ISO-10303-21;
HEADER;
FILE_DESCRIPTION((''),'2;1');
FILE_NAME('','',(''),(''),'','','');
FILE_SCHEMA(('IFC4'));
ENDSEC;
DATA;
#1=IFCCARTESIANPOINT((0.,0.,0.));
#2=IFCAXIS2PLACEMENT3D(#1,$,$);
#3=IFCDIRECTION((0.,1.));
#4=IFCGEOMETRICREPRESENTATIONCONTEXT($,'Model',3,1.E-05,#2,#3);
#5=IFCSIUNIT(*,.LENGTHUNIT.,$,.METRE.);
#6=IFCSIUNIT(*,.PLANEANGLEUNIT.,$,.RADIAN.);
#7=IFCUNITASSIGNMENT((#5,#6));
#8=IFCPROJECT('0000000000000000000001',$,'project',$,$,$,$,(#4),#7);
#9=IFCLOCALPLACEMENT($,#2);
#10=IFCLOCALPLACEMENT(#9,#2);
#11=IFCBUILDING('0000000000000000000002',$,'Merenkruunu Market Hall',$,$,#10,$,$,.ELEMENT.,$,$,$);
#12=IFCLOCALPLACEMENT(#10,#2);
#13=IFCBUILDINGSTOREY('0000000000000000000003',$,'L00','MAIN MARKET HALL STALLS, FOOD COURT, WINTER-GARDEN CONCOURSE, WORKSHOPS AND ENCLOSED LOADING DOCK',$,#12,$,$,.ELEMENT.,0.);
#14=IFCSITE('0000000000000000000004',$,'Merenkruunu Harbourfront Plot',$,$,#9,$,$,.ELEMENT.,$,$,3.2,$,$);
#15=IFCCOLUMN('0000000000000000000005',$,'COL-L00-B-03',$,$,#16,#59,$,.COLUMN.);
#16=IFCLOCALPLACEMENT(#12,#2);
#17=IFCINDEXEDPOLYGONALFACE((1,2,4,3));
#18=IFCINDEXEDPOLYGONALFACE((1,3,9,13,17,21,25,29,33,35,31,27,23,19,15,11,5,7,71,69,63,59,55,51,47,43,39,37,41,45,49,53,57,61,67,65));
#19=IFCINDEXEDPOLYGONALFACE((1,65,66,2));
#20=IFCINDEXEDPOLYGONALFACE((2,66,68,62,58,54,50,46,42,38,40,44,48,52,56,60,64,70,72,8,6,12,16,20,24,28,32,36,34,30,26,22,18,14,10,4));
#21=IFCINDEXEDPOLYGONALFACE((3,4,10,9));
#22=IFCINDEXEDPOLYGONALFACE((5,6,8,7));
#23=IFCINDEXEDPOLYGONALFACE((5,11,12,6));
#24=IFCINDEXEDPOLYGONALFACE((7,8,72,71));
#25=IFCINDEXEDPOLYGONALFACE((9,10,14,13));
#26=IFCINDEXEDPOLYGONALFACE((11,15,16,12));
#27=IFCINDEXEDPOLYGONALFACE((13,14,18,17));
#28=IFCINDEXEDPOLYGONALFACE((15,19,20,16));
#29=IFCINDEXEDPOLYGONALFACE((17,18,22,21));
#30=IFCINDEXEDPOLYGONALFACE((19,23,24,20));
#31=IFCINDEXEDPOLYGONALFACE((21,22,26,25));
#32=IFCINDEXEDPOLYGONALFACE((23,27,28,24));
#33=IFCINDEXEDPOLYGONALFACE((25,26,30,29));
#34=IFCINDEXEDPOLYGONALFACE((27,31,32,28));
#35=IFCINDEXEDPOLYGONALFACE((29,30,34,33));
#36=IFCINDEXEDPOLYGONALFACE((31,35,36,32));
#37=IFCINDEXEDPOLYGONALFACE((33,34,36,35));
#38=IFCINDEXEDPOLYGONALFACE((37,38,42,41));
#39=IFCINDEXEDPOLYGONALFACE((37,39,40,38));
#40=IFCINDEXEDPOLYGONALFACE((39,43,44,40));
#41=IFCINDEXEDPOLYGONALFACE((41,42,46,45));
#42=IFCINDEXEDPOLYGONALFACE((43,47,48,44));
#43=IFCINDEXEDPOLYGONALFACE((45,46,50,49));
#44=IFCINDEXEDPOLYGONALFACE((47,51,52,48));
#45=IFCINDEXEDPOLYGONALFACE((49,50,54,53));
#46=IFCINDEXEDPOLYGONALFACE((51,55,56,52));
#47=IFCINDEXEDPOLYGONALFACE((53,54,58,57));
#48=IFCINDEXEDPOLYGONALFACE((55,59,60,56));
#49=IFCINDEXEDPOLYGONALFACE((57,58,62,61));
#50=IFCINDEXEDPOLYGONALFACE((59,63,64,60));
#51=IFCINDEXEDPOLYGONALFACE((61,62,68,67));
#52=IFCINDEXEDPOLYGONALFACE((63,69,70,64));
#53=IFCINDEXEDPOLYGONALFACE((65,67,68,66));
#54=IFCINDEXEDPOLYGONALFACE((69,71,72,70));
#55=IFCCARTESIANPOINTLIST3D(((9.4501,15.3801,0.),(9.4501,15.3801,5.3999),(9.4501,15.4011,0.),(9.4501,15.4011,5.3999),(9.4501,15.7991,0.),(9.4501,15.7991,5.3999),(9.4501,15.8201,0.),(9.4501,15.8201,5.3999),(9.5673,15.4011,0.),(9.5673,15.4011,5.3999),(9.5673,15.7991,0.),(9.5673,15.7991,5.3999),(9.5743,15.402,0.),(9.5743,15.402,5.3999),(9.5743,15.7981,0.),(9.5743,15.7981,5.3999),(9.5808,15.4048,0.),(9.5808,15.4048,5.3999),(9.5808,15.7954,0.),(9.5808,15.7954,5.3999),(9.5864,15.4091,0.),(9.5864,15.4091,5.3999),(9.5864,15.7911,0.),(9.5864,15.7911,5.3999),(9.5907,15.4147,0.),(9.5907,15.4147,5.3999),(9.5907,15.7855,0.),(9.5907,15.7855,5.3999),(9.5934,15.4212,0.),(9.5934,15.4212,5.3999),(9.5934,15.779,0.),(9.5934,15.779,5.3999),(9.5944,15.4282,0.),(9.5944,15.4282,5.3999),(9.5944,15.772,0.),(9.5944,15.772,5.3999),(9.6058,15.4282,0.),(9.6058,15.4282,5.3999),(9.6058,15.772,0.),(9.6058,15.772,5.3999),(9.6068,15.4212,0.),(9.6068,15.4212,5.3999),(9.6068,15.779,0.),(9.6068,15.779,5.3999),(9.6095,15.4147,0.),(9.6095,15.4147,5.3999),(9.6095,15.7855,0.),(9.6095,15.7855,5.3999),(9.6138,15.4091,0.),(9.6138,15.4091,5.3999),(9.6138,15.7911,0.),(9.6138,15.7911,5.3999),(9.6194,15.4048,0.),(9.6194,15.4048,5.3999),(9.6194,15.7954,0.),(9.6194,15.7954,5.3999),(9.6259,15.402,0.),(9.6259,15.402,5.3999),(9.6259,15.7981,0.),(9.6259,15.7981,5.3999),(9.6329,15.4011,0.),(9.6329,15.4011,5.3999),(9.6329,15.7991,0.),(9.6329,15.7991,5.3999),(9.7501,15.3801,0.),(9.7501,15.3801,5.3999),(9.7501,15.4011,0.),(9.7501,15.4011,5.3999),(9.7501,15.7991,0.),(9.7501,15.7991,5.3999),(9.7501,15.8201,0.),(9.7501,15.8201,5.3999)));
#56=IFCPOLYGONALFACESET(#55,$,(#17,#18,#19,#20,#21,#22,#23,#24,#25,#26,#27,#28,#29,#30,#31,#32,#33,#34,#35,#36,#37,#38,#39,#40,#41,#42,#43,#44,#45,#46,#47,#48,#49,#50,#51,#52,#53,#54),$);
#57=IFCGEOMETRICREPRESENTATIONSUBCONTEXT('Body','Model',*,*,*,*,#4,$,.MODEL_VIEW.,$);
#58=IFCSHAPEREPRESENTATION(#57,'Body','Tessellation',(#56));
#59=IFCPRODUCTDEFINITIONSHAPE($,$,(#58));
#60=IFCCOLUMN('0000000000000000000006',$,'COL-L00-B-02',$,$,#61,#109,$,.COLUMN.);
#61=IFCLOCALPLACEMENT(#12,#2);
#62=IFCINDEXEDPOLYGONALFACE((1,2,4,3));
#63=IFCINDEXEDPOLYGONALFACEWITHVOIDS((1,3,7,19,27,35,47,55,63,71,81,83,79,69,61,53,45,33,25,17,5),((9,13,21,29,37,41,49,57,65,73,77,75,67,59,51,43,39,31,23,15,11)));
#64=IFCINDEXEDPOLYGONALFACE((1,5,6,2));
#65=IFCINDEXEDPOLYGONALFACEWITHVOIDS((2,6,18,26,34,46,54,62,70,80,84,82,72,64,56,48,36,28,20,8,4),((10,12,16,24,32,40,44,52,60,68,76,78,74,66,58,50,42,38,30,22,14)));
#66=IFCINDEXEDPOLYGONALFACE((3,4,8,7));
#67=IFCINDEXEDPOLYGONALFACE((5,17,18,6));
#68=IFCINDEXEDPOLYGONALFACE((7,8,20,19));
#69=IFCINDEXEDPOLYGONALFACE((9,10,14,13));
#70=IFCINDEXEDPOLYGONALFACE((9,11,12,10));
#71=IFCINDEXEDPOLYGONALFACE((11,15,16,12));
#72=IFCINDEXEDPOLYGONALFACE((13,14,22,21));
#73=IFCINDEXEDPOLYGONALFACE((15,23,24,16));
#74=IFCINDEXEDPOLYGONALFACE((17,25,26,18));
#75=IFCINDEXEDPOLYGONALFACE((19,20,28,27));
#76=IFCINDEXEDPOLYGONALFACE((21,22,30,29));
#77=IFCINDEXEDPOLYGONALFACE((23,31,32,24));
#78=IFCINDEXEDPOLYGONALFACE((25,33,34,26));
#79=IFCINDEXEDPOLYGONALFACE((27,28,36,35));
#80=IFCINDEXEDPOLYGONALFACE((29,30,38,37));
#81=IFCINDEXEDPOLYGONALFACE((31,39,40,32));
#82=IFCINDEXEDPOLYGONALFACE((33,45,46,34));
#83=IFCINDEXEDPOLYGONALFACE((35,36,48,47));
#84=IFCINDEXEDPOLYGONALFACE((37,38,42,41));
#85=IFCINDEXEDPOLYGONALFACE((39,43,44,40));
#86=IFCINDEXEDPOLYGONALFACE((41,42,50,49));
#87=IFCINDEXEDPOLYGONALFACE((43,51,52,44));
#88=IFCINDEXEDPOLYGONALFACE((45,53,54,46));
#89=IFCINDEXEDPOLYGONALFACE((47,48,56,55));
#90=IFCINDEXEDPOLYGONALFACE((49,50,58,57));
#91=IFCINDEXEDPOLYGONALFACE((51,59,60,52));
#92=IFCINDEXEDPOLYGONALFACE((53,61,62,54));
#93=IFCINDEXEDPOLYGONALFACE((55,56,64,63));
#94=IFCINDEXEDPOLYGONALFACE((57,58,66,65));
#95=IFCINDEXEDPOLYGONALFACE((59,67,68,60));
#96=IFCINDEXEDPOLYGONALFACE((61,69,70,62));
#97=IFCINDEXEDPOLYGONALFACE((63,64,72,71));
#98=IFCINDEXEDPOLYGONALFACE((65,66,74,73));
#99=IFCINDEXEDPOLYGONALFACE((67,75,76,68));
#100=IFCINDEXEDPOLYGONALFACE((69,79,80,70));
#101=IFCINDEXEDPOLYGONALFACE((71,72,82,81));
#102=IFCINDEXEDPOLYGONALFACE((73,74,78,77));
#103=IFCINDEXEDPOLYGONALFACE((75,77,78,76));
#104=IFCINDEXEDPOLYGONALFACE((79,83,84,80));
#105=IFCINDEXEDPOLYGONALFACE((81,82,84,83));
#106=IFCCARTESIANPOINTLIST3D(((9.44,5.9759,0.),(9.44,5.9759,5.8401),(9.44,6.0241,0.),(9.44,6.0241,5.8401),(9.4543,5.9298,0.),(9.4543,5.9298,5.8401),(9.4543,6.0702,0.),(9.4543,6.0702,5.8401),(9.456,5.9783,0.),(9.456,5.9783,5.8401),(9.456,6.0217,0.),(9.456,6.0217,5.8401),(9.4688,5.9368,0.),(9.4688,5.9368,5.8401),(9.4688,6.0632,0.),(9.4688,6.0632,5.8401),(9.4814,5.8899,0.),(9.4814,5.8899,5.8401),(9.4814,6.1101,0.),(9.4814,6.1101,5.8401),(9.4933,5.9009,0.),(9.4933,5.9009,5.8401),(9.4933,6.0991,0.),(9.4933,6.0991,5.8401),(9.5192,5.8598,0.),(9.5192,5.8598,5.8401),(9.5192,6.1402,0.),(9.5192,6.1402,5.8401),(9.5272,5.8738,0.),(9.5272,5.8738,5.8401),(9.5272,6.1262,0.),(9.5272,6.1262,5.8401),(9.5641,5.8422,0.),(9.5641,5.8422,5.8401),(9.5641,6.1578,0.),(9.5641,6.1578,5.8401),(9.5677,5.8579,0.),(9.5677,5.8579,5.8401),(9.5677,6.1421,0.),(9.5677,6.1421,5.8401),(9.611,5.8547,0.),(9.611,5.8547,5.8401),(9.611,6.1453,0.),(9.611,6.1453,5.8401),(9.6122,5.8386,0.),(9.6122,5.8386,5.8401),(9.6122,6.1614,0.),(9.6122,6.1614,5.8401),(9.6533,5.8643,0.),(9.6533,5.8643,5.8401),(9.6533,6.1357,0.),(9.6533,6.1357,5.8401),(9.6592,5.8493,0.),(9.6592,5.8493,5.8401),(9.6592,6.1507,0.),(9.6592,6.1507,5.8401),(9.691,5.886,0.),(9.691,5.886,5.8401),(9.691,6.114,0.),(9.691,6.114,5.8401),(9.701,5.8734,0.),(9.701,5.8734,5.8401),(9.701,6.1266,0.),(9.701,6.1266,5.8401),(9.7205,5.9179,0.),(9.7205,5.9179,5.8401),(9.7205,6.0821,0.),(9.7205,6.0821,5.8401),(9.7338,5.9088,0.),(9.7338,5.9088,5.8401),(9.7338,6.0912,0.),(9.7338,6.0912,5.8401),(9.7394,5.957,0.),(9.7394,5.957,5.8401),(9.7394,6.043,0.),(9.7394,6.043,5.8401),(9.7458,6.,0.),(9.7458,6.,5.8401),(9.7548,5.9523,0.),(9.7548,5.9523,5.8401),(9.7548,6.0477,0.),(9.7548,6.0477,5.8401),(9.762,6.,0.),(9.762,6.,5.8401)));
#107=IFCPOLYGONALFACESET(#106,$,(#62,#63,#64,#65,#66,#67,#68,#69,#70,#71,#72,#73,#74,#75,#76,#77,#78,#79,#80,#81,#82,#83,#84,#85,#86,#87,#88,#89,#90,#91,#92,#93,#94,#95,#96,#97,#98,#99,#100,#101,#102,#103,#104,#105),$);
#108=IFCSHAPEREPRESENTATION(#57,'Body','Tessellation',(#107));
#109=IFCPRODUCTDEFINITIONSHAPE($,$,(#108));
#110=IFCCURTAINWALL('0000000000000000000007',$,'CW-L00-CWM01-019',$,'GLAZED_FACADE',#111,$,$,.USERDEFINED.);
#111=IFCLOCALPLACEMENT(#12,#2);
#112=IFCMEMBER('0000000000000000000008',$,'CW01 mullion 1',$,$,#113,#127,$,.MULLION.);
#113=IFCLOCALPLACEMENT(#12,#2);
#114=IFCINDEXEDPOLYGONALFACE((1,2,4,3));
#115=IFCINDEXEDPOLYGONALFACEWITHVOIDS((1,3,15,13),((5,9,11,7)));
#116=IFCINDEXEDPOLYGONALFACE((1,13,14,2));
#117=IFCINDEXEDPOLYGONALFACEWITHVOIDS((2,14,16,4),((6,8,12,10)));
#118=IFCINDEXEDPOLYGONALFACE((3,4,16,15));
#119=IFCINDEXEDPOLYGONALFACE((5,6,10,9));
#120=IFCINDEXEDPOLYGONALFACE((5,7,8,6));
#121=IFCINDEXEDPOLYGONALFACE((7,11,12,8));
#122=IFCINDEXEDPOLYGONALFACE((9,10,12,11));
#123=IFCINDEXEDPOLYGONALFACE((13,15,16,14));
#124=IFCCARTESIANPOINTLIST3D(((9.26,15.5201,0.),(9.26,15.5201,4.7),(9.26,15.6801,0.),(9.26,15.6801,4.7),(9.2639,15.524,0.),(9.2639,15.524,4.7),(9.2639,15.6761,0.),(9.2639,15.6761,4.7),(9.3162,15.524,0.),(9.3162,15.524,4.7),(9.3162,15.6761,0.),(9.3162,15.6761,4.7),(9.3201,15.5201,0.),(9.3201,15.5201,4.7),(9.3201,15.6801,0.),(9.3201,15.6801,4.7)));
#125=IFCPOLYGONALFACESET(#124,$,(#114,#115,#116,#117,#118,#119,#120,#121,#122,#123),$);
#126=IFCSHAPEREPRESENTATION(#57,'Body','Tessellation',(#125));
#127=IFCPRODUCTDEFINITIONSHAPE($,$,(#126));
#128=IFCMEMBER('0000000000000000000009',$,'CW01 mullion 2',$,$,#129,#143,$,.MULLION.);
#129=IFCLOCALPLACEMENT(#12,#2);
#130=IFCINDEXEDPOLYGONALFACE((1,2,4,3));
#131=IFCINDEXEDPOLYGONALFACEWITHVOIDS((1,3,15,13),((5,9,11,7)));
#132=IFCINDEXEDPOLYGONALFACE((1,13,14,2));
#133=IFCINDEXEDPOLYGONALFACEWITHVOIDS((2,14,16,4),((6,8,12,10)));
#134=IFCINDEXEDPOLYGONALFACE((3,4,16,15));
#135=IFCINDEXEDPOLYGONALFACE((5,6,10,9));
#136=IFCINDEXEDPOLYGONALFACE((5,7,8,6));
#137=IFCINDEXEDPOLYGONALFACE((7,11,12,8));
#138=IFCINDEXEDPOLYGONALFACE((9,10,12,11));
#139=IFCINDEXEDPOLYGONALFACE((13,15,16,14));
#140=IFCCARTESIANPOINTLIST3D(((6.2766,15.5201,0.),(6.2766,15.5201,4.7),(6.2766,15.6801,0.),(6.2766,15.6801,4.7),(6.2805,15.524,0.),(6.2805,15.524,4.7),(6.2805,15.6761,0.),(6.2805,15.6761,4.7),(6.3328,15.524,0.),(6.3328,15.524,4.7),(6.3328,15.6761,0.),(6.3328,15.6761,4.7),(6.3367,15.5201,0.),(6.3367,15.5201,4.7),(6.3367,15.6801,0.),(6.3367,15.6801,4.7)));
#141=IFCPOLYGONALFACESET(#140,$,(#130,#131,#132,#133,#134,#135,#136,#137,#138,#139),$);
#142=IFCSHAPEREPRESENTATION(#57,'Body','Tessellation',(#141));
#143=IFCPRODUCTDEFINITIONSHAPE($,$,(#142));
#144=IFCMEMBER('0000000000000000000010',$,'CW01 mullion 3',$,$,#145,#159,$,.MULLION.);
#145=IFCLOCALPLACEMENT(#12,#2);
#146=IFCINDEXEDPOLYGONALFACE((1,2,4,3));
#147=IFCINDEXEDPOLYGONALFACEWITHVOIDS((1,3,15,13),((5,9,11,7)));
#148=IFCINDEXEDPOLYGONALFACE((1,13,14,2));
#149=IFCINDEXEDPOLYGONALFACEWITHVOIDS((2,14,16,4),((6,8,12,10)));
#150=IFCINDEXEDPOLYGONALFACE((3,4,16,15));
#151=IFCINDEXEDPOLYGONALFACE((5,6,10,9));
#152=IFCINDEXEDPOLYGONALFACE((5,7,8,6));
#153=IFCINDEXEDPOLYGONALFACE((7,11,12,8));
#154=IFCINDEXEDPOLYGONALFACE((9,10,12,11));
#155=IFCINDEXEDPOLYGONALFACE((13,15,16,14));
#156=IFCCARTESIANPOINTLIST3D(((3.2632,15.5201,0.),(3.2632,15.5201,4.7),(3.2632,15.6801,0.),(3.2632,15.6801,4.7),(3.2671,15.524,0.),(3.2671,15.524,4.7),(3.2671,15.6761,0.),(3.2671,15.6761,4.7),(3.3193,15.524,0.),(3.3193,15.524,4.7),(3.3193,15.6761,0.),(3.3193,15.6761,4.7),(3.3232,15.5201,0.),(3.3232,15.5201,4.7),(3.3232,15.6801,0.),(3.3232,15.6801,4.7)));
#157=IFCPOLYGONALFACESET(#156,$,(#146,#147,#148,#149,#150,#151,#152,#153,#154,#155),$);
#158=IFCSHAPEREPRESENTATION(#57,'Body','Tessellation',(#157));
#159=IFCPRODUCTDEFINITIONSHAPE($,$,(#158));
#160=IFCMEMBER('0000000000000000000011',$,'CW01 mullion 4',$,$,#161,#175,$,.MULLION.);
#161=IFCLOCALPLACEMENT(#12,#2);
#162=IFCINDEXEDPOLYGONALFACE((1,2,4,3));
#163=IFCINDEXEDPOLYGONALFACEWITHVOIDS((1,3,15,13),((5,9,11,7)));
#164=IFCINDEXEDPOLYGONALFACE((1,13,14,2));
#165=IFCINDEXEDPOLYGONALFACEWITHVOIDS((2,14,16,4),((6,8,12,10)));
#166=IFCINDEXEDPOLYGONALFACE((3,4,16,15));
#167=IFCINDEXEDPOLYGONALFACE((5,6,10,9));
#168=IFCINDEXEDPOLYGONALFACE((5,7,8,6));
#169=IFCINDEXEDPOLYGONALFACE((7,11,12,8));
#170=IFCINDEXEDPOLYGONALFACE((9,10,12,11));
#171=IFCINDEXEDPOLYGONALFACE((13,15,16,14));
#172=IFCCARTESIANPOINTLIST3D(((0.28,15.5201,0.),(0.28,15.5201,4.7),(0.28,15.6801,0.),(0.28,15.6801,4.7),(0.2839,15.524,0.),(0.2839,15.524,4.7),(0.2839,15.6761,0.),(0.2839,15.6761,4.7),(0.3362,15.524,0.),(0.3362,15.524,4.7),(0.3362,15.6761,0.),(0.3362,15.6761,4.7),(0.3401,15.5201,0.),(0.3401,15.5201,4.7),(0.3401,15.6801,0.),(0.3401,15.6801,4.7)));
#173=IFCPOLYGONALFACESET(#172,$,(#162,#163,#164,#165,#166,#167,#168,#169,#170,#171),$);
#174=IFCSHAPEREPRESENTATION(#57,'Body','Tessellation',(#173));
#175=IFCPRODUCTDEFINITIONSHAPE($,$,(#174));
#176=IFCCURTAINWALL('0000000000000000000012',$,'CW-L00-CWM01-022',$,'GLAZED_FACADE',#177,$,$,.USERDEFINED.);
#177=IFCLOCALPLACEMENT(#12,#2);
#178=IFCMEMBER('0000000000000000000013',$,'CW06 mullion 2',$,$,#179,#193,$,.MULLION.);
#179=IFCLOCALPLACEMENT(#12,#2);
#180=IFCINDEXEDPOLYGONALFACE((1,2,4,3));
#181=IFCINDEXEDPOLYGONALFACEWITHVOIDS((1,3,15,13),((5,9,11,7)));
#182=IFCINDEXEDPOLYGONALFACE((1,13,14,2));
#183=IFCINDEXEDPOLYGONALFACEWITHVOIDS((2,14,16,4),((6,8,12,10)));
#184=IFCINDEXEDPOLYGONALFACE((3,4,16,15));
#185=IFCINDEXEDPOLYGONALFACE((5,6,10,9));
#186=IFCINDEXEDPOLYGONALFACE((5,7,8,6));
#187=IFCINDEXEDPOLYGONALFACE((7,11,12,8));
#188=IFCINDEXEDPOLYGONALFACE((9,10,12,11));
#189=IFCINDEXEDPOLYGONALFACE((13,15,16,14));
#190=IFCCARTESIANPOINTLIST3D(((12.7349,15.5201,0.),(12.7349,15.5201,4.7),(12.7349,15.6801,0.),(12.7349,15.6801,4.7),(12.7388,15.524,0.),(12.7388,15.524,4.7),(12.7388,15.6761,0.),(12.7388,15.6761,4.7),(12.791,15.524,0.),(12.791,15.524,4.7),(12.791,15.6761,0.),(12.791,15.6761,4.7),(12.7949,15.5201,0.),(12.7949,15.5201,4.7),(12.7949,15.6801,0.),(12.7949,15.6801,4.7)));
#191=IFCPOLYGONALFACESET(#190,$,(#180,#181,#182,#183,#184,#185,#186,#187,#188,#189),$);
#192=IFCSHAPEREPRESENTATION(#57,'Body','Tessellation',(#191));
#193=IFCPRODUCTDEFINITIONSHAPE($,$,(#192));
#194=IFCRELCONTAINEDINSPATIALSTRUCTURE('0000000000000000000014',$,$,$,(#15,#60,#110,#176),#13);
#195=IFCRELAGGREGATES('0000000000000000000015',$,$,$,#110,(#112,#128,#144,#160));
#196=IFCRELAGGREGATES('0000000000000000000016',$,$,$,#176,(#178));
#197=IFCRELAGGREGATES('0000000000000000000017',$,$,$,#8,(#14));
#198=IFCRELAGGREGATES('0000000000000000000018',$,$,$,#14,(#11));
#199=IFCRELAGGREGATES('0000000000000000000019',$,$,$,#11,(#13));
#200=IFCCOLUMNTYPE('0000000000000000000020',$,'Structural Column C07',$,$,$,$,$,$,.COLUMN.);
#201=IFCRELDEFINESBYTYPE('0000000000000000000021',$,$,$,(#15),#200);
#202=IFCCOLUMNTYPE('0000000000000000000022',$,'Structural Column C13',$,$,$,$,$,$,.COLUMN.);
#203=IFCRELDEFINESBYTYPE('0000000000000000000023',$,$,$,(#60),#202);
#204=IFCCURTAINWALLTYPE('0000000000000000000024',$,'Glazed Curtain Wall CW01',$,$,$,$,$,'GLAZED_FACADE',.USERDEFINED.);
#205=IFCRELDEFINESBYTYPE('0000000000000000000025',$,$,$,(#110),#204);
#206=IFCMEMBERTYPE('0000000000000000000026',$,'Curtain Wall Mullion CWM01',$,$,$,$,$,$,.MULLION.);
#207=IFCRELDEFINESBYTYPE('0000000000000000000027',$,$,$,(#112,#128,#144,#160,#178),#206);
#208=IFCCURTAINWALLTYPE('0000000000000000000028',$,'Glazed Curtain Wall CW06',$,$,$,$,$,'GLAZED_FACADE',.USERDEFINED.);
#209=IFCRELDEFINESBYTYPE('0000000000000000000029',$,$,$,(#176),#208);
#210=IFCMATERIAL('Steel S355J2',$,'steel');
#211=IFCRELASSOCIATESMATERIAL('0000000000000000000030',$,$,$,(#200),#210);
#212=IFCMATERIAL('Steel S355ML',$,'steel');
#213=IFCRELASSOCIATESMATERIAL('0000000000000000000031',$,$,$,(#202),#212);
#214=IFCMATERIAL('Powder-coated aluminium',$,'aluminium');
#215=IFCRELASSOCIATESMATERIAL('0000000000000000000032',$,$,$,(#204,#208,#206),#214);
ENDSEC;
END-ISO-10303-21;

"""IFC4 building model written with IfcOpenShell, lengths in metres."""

from ifc_helpers import new_model, si_unit, direction, frame, origin, origin_2d, place, context, subcontext, project, spatial, hollow_rectangle, hollow_circle, i_section, extrude, material, material_profile, profile_set, type_object, element, aggregate, save


model = new_model("IFC4")

# Units and contexts
model_context = context("Model", 3, precision=1e-05, world=origin(), true_north=direction((0.0, 1.0)))
body_context = subcontext(model_context, "Body", "Model", "MODEL_VIEW")
ifc_project = project(units=[si_unit("LENGTHUNIT", "METRE"), si_unit("PLANEANGLEUNIT", "RADIAN")], contexts=[model_context])

# Site, building, storey
site_placement = place(None, origin())
site = spatial("IfcSite", under=ifc_project, at=site_placement, Name="Merenkruunu Harbourfront Plot", CompositionType="ELEMENT", RefElevation=3.2)
building_placement = place(site_placement, origin())
building = spatial("IfcBuilding", under=site, at=building_placement, Name="Merenkruunu Market Hall", CompositionType="ELEMENT")
storey_placement = place(building_placement, origin())
storey = spatial("IfcBuildingStorey", under=building, at=storey_placement, Name="L00", Description="MAIN MARKET HALL STALLS, FOOD COURT, WINTER-GARDEN CONCOURSE, WORKSHOPS AND ENCLOSED LOADING DOCK", CompositionType="ELEMENT", Elevation=0.0)

# Columns
ifc_material_1 = material(Name="Steel S355J2", Category="steel")
ifc_material_profile_1 = material_profile(ifc_material_1, i_section(OverallWidth=0.3, OverallDepth=0.4399, WebThickness=0.0115, FlangeThickness=0.021, FilletRadius=0.0271, at=origin_2d()), Name="HEA 450")
ifc_profile_set_1 = profile_set([ifc_material_profile_1], Name="Steel S355J2")
column_type_1 = type_object("IfcColumnType", Name="Structural Column C07", PredefinedType="COLUMN", material=ifc_profile_set_1)
column_1_placement = place(storey_placement, frame((9.6001, 15.6001, 0.0), z_axis=(0.0, 0.0, 1.0), x_axis=(1.0, 0.0, 0.0)))
element("IfcColumn", 1, at=column_1_placement, inside=storey, type_object=column_type_1, Name="COL-L00-B-03", PredefinedType="COLUMN", context=body_context, shape_type="SweptSolid", body=[
    extrude(i_section(OverallWidth=0.3, OverallDepth=0.4399, WebThickness=0.0115, FlangeThickness=0.021, FilletRadius=0.0271, at=origin_2d()), origin(), (0.0, 0.0, 1.0), 5.3999),
])
ifc_material_2 = material(Name="Steel S355ML", Category="steel")
ifc_material_profile_2 = material_profile(ifc_material_2, hollow_circle(Radius=0.1619, WallThickness=0.0161, at=origin_2d()), Name="CHS 323.9x16")
ifc_profile_set_2 = profile_set([ifc_material_profile_2], Name="Steel S355ML")
column_type_2 = type_object("IfcColumnType", Name="Structural Column C13", PredefinedType="COLUMN", material=ifc_profile_set_2)
column_2_placement = place(storey_placement, frame((9.6001, 6.0, 0.0), z_axis=(0.0, 0.0, 1.0), x_axis=(1.0, 0.0, 0.0)))
element("IfcColumn", 2, at=column_2_placement, inside=storey, type_object=column_type_2, Name="COL-L00-B-02", PredefinedType="COLUMN", context=body_context, shape_type="SweptSolid", body=[
    extrude(hollow_circle(Radius=0.1619, WallThickness=0.0161, at=origin_2d()), origin(), (0.0, 0.0, 1.0), 5.8401),
])

# Curtain walls, members
ifc_material_3 = material(Name="Powder-coated aluminium", Category="aluminium")
curtain_wall_type_1 = type_object("IfcCurtainWallType", Name="Glazed Curtain Wall CW01", ElementType="GLAZED_FACADE", PredefinedType="USERDEFINED", material=ifc_material_3)
curtain_wall_1_placement = place(storey_placement, origin())
curtain_wall_1 = element("IfcCurtainWall", 3, at=curtain_wall_1_placement, inside=storey, type_object=curtain_wall_type_1, Name="CW-L00-CWM01-019", ObjectType="GLAZED_FACADE", PredefinedType="USERDEFINED")
ifc_material_profile_3 = material_profile(ifc_material_3, hollow_rectangle(XDim=0.0601, YDim=0.1599, WallThickness=0.0039, at=origin_2d()), Name="ALU 60x160x4")
ifc_profile_set_3 = profile_set([ifc_material_profile_3], Name="Powder-coated aluminium")
member_type_1 = type_object("IfcMemberType", Name="Curtain Wall Mullion CWM01", PredefinedType="MULLION", material=ifc_profile_set_3)
member_1_placement = place(storey_placement, frame((9.29, 15.6001, 0.0), z_axis=(0.0, 0.0, 1.0), x_axis=(-1.0, 0.0, 0.0)))
member_1 = element("IfcMember", 4, at=member_1_placement, type_object=member_type_1, Name="CW01 mullion 1", PredefinedType="MULLION", context=body_context, shape_type="SweptSolid", body=[
    extrude(hollow_rectangle(XDim=0.0601, YDim=0.1599, WallThickness=0.0039, at=origin_2d()), origin(), (0.0, 0.0, 1.0), 4.7),
])
member_2_placement = place(storey_placement, frame((6.3066, 15.6001, 0.0), z_axis=(0.0, 0.0, 1.0), x_axis=(-1.0, 0.0, 0.0)))
member_2 = element("IfcMember", 5, at=member_2_placement, type_object=member_type_1, Name="CW01 mullion 2", PredefinedType="MULLION", context=body_context, shape_type="SweptSolid", body=[
    extrude(hollow_rectangle(XDim=0.0601, YDim=0.1599, WallThickness=0.0039, at=origin_2d()), origin(), (0.0, 0.0, 1.0), 4.7),
])
member_3_placement = place(storey_placement, frame((3.2932, 15.6001, 0.0), z_axis=(0.0, 0.0, 1.0), x_axis=(-1.0, 0.0, 0.0)))
member_3 = element("IfcMember", 6, at=member_3_placement, type_object=member_type_1, Name="CW01 mullion 3", PredefinedType="MULLION", context=body_context, shape_type="SweptSolid", body=[
    extrude(hollow_rectangle(XDim=0.0601, YDim=0.1599, WallThickness=0.0039, at=origin_2d()), origin(), (0.0, 0.0, 1.0), 4.7),
])
member_4_placement = place(storey_placement, frame((0.3101, 15.6001, 0.0), z_axis=(0.0, 0.0, 1.0), x_axis=(-1.0, 0.0, 0.0)))
member_4 = element("IfcMember", 7, at=member_4_placement, type_object=member_type_1, Name="CW01 mullion 4", PredefinedType="MULLION", context=body_context, shape_type="SweptSolid", body=[
    extrude(hollow_rectangle(XDim=0.0601, YDim=0.1599, WallThickness=0.0039, at=origin_2d()), origin(), (0.0, 0.0, 1.0), 4.7),
])
curtain_wall_type_2 = type_object("IfcCurtainWallType", Name="Glazed Curtain Wall CW06", ElementType="GLAZED_FACADE", PredefinedType="USERDEFINED", material=ifc_material_3)
curtain_wall_2_placement = place(storey_placement, origin())
curtain_wall_2 = element("IfcCurtainWall", 8, at=curtain_wall_2_placement, inside=storey, type_object=curtain_wall_type_2, Name="CW-L00-CWM01-022", ObjectType="GLAZED_FACADE", PredefinedType="USERDEFINED")
member_5_placement = place(storey_placement, frame((12.7649, 15.6001, 0.0), z_axis=(0.0, 0.0, 1.0), x_axis=(-1.0, 0.0, 0.0)))
member_5 = element("IfcMember", 9, at=member_5_placement, type_object=member_type_1, Name="CW06 mullion 2", PredefinedType="MULLION", context=body_context, shape_type="SweptSolid", body=[
    extrude(hollow_rectangle(XDim=0.0601, YDim=0.1599, WallThickness=0.0039, at=origin_2d()), origin(), (0.0, 0.0, 1.0), 4.7),
])

aggregate(curtain_wall_1, [member_1, member_2, member_3, member_4])
aggregate(curtain_wall_2, [member_5])

save(model, "model.ifc")
